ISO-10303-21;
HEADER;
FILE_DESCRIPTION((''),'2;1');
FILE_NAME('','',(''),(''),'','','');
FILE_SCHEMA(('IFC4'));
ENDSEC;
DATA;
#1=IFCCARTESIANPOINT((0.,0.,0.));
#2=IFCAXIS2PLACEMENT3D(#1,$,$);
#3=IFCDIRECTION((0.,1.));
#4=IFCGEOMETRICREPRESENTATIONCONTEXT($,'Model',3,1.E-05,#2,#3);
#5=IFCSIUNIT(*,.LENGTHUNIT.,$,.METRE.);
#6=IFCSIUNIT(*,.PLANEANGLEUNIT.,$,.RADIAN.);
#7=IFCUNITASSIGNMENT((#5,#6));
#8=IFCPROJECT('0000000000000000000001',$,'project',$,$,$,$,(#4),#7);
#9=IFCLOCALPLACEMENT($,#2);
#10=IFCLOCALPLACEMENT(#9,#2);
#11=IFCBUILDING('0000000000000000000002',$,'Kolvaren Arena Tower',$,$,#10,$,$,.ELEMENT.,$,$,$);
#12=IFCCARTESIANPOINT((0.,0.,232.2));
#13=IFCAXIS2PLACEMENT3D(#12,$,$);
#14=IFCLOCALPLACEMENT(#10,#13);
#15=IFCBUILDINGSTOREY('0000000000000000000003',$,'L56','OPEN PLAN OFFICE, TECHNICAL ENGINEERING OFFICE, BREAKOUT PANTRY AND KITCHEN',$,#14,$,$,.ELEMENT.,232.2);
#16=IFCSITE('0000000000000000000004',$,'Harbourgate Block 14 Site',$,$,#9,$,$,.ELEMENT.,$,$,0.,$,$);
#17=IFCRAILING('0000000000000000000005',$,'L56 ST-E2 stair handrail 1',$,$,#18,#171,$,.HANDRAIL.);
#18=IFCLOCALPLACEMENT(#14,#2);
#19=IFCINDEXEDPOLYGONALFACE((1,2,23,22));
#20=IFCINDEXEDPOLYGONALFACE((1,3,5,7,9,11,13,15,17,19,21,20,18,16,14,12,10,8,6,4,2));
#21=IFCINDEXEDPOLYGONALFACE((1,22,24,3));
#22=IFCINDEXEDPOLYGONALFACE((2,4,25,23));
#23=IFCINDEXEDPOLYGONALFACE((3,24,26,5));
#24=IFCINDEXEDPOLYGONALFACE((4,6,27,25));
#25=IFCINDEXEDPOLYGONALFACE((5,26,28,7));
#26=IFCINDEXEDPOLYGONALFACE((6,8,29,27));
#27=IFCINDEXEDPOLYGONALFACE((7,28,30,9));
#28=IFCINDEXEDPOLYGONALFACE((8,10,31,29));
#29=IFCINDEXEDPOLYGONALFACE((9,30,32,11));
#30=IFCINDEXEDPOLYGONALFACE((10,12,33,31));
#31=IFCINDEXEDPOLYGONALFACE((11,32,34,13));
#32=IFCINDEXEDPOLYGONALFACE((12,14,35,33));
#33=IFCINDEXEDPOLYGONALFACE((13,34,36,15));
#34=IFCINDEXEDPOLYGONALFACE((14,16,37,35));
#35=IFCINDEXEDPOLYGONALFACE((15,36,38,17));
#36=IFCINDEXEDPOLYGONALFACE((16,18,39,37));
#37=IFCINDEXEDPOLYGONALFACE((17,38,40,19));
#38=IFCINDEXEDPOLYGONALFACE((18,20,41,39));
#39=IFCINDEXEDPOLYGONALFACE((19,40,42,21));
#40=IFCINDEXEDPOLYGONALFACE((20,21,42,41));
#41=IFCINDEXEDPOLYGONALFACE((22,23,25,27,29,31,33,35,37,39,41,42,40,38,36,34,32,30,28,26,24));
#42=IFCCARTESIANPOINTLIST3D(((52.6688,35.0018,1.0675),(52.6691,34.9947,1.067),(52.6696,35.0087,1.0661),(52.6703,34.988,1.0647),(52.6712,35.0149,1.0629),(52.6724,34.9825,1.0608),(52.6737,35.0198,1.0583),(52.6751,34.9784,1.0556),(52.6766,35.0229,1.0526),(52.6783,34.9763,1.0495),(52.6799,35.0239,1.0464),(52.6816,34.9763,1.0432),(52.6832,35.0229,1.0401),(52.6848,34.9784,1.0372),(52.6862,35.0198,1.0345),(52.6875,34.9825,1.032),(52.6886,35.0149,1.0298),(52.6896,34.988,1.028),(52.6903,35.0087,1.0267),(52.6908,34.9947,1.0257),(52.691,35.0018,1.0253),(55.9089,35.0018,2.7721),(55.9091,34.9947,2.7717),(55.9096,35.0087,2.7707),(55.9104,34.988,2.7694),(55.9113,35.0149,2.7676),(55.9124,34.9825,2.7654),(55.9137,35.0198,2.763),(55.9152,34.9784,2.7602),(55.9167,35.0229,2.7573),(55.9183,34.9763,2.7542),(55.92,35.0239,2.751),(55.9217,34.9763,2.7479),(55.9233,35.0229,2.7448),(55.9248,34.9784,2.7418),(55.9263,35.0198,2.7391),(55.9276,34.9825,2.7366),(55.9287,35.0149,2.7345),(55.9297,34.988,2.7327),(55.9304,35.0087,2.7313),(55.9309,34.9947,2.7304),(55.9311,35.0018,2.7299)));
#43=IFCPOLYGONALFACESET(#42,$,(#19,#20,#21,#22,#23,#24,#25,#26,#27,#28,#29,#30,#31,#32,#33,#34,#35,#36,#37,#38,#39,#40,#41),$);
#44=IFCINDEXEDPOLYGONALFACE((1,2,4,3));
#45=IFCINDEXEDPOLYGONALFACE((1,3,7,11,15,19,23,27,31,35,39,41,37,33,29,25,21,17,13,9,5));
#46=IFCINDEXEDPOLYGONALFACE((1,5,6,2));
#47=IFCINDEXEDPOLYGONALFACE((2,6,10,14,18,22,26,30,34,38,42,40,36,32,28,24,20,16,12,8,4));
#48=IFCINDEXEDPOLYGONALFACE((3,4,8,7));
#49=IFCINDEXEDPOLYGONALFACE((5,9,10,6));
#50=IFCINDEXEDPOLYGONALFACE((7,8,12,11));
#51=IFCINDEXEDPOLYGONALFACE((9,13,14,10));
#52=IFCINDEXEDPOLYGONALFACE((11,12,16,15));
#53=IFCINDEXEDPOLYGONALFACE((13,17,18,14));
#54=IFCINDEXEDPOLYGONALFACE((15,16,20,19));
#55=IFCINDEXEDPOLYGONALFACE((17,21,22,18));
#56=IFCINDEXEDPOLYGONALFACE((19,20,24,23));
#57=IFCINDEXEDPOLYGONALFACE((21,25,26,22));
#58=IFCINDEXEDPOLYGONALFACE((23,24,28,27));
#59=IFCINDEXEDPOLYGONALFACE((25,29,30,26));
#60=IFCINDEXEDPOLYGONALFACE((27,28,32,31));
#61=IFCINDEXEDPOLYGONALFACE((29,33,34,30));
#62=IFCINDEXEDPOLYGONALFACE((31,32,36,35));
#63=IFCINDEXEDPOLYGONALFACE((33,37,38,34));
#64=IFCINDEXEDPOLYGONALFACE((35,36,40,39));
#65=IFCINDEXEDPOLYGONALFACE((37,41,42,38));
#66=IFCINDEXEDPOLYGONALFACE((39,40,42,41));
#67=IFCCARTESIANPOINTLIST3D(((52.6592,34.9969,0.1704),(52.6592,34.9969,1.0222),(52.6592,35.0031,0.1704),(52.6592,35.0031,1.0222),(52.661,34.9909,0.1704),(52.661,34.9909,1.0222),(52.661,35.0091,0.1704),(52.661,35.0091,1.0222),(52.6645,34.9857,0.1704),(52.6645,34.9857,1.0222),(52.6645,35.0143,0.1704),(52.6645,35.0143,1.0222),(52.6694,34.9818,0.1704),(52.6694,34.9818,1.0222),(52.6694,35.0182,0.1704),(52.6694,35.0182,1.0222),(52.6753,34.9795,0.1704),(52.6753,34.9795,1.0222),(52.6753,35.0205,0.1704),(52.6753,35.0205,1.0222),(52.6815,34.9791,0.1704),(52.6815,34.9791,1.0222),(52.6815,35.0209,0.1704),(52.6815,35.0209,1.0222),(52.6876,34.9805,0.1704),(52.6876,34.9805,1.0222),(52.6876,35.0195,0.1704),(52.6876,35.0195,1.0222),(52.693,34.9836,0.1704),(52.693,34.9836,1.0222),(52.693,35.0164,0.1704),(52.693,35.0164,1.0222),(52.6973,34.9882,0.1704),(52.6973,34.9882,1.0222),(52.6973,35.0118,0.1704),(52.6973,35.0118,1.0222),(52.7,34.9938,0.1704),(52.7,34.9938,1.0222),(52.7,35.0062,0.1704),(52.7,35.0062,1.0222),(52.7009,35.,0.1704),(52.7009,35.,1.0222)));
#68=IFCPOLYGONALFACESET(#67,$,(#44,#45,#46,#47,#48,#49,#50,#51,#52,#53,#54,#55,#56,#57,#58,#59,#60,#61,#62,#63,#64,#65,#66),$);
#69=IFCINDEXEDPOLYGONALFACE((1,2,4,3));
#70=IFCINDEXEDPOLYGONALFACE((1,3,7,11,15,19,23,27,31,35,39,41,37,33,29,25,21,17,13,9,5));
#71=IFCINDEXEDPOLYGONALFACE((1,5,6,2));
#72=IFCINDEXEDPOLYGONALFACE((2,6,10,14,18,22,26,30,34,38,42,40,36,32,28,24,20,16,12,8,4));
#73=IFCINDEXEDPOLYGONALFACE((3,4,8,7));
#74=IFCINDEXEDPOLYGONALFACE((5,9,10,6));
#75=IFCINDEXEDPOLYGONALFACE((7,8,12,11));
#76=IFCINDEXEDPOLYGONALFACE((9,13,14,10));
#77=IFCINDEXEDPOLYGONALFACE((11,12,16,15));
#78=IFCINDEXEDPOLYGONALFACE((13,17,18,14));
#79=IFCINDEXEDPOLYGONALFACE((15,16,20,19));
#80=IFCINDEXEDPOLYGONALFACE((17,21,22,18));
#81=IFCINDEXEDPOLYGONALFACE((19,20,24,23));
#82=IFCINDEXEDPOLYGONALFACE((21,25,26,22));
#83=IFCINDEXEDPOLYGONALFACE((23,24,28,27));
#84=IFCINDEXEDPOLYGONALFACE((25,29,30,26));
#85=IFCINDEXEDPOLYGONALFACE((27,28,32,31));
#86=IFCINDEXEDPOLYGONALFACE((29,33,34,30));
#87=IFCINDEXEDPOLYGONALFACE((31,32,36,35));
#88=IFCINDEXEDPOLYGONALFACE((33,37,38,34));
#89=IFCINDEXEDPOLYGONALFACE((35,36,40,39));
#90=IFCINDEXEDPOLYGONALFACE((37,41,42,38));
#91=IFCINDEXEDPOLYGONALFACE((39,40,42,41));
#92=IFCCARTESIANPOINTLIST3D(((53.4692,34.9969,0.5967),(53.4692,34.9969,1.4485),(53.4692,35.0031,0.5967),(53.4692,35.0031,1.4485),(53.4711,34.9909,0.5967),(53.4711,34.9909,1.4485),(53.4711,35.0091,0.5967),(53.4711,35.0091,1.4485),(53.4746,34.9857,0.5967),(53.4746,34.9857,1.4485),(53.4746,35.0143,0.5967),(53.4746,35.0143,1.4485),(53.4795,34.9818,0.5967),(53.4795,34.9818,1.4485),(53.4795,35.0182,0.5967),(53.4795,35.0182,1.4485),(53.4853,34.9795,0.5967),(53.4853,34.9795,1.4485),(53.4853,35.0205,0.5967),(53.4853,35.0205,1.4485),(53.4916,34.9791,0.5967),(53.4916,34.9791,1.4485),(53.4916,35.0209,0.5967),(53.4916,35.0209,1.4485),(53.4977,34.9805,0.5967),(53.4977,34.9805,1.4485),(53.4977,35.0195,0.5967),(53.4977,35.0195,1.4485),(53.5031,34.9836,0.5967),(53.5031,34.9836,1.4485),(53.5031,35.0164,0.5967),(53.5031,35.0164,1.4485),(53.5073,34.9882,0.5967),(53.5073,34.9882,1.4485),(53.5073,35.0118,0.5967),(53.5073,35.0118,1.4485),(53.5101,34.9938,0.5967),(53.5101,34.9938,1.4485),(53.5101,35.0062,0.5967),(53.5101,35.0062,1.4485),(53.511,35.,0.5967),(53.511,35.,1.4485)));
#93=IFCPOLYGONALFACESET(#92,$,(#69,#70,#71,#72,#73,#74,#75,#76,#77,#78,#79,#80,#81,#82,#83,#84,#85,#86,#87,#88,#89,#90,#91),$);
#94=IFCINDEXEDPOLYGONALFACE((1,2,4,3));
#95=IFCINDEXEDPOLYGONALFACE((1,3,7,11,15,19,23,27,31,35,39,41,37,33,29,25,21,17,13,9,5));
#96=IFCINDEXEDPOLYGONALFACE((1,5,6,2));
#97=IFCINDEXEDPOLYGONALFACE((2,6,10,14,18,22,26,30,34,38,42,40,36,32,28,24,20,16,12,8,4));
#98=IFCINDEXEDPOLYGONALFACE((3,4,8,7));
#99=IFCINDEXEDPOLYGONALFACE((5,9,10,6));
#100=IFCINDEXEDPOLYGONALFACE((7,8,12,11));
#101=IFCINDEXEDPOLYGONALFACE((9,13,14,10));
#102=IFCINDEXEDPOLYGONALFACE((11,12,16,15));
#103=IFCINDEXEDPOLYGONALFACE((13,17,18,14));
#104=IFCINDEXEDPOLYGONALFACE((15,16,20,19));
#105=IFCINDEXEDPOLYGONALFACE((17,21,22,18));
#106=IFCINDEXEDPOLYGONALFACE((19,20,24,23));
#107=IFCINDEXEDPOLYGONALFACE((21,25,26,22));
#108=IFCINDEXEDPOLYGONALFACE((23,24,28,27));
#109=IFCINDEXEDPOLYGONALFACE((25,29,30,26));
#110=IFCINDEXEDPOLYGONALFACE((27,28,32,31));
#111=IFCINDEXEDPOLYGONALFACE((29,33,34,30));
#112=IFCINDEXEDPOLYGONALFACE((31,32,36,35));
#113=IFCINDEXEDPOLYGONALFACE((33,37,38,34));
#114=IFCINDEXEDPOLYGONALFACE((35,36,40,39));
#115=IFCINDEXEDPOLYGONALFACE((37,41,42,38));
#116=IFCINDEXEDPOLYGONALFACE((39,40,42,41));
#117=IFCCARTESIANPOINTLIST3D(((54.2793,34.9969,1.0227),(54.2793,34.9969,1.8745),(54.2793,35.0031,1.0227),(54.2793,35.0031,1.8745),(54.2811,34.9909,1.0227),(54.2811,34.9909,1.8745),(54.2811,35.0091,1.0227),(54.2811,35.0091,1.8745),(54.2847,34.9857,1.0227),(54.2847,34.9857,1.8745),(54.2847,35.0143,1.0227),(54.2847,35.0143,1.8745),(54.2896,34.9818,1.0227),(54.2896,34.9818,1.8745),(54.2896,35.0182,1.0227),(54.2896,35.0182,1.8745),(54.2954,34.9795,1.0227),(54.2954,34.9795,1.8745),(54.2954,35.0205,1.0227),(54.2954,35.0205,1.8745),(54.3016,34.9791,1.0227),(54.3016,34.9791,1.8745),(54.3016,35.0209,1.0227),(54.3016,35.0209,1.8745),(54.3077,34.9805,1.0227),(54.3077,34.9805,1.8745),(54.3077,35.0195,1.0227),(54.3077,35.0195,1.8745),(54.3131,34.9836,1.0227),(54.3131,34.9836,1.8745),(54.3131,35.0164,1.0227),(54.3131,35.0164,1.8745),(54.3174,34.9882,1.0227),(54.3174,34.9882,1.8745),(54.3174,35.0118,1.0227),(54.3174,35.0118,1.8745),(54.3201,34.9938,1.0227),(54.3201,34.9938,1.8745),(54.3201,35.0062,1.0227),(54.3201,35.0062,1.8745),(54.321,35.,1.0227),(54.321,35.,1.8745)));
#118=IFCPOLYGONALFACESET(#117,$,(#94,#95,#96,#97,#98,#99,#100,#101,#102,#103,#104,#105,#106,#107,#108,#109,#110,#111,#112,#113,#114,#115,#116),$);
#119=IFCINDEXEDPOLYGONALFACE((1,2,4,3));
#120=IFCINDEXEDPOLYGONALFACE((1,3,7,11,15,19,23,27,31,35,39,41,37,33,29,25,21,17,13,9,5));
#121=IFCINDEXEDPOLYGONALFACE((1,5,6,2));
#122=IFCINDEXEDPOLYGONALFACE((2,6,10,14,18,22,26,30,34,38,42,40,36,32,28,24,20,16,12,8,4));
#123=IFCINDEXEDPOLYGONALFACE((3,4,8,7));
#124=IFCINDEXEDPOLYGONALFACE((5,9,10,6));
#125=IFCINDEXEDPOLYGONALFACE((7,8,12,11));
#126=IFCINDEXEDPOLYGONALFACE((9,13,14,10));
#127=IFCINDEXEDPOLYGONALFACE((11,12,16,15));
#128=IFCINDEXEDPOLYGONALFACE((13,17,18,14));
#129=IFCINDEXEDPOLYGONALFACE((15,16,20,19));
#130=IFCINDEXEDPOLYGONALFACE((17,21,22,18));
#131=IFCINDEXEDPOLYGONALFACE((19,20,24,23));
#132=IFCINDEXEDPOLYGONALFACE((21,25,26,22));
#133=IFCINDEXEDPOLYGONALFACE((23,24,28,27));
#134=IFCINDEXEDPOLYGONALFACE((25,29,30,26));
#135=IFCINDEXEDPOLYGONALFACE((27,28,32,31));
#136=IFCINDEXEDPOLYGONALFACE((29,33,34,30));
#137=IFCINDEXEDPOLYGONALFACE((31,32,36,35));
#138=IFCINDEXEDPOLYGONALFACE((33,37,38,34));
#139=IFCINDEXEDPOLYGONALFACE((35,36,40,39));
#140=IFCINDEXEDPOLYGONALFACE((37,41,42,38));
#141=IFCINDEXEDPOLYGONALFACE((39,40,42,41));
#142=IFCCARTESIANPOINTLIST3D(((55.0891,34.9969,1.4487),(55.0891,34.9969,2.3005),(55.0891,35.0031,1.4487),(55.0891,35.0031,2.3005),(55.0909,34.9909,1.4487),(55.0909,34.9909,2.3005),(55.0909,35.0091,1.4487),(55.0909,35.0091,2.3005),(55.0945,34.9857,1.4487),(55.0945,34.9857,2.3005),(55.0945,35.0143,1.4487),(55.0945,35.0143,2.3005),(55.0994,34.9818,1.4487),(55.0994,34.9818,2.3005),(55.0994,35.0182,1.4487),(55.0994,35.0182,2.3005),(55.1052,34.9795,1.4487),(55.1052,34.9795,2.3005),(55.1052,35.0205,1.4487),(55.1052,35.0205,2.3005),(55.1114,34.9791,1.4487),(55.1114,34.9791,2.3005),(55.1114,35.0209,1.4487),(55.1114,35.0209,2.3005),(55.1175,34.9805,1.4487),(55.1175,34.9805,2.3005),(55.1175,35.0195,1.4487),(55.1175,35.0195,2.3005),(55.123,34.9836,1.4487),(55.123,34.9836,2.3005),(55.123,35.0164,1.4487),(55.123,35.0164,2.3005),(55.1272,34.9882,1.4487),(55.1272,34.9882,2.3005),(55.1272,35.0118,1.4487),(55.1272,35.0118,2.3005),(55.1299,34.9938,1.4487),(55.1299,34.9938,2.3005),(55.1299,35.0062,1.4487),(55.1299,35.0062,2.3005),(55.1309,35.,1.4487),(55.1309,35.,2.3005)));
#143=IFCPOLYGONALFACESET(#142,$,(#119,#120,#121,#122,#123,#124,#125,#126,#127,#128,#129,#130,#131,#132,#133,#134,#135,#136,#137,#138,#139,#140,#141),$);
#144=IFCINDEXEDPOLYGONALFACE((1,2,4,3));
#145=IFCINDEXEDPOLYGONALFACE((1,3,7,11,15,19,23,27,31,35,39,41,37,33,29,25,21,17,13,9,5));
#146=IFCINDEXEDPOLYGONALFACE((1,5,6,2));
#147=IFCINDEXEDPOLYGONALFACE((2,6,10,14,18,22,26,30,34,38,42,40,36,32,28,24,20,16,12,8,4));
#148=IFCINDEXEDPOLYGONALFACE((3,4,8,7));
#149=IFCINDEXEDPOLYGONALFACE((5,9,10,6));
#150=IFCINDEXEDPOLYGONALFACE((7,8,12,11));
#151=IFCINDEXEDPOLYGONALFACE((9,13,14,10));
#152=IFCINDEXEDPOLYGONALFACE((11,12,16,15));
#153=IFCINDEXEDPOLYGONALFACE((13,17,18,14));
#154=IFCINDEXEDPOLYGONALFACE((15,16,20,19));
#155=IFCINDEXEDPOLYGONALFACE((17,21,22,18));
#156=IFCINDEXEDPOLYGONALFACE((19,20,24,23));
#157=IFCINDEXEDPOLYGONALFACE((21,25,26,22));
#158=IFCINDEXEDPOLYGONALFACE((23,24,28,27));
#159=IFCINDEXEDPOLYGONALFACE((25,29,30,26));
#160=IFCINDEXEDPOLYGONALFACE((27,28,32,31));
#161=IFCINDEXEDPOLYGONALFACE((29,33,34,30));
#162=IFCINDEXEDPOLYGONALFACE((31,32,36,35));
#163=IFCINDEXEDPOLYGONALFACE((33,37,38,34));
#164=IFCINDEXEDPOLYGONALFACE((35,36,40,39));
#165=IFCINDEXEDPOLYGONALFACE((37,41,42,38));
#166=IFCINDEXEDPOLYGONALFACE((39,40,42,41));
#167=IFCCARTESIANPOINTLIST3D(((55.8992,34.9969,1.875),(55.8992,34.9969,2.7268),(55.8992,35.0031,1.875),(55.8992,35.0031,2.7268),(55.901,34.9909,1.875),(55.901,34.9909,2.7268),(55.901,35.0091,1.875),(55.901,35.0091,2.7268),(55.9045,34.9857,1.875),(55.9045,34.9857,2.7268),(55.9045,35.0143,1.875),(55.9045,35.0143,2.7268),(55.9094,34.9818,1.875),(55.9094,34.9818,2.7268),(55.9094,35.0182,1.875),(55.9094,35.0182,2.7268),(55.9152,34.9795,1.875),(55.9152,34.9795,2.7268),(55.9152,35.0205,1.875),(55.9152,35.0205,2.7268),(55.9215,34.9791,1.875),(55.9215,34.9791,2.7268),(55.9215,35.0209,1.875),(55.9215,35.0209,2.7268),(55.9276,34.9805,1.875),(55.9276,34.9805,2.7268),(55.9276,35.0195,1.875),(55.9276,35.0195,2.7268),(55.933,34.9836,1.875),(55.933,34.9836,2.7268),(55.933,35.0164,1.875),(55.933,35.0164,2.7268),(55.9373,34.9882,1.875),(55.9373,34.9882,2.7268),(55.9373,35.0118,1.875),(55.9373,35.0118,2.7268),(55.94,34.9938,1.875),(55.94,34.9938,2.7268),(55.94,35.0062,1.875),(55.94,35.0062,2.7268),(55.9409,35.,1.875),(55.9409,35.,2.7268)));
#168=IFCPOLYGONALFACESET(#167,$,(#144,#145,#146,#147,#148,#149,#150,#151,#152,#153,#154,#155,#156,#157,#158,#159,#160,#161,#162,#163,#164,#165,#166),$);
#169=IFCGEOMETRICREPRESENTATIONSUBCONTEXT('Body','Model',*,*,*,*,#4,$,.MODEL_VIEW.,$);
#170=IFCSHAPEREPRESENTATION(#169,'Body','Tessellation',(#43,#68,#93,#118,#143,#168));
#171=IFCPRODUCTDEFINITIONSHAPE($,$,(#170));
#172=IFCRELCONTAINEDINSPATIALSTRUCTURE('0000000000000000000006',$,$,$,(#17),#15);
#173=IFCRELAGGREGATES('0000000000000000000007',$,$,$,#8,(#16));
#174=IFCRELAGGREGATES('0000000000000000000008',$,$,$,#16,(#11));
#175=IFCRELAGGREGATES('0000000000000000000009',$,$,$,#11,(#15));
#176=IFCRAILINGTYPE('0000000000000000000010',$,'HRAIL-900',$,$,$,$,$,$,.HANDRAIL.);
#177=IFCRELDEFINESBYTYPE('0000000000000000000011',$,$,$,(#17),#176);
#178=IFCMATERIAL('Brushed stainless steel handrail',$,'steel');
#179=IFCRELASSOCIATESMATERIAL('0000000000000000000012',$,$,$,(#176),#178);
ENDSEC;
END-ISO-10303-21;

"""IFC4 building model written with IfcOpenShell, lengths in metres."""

from ifc_helpers import new_model, si_unit, direction, frame, origin, origin_2d, place, context, subcontext, project, spatial, circle, extrude, material, type_object, element, save


model = new_model("IFC4")

# Units and contexts
model_context = context("Model", 3, precision=1e-05, world=origin(), true_north=direction((0.0, 1.0)))
body_context = subcontext(model_context, "Body", "Model", "MODEL_VIEW")
ifc_project = project(units=[si_unit("LENGTHUNIT", "METRE"), si_unit("PLANEANGLEUNIT", "RADIAN")], contexts=[model_context])

# Site, building, storey
site_placement = place(None, origin())
site = spatial("IfcSite", under=ifc_project, at=site_placement, Name="Harbourgate Block 14 Site", CompositionType="ELEMENT", RefElevation=0.0)
building_placement = place(site_placement, origin())
building = spatial("IfcBuilding", under=site, at=building_placement, Name="Kolvaren Arena Tower", CompositionType="ELEMENT")
storey_placement = place(building_placement, frame((0.0, 0.0, 232.2)))
storey = spatial("IfcBuildingStorey", under=building, at=storey_placement, Name="L56", Description="OPEN PLAN OFFICE, TECHNICAL ENGINEERING OFFICE, BREAKOUT PANTRY AND KITCHEN", CompositionType="ELEMENT", Elevation=232.2)

# Railing
ifc_material_1 = material(Name="Brushed stainless steel handrail", Category="steel")
railing_type_1 = type_object("IfcRailingType", Name="HRAIL-900", PredefinedType="HANDRAIL", material=ifc_material_1)
for number, where, name in (
    (1, (52.6799, 35.0, 0.1704), "L56 ST-E2 stair handrail 1"),
):
    element("IfcRailing", number, at=place(storey_placement, frame(where)), inside=storey, type_object=railing_type_1, Name=name, PredefinedType="HANDRAIL", context=body_context, shape_type="SweptSolid", body=[
        extrude(circle(Radius=0.0239, at=origin_2d()), frame((0.0, 0.0, 0.876), z_axis=(0.884993, 0.0, 0.465604), x_axis=(0.0, 1.0, 0.0)), (0.0, 0.0, 1.0), 3.6611),
        extrude(circle(Radius=0.021, at=origin_2d()), origin(), (0.0, 0.0, 1.0), 0.8518),
        extrude(circle(Radius=0.021, at=origin_2d()), frame((0.8101, 0.0, 0.4263)), (0.0, 0.0, 1.0), 0.8518),
        extrude(circle(Radius=0.021, at=origin_2d()), frame((1.6201, 0.0, 0.8523)), (0.0, 0.0, 1.0), 0.8518),
        extrude(circle(Radius=0.021, at=origin_2d()), frame((2.4299, 0.0, 1.2783)), (0.0, 0.0, 1.0), 0.8518),
        extrude(circle(Radius=0.021, at=origin_2d()), frame((3.24, 0.0, 1.7046)), (0.0, 0.0, 1.0), 0.8518),
    ])

save(model, "model.ifc")
